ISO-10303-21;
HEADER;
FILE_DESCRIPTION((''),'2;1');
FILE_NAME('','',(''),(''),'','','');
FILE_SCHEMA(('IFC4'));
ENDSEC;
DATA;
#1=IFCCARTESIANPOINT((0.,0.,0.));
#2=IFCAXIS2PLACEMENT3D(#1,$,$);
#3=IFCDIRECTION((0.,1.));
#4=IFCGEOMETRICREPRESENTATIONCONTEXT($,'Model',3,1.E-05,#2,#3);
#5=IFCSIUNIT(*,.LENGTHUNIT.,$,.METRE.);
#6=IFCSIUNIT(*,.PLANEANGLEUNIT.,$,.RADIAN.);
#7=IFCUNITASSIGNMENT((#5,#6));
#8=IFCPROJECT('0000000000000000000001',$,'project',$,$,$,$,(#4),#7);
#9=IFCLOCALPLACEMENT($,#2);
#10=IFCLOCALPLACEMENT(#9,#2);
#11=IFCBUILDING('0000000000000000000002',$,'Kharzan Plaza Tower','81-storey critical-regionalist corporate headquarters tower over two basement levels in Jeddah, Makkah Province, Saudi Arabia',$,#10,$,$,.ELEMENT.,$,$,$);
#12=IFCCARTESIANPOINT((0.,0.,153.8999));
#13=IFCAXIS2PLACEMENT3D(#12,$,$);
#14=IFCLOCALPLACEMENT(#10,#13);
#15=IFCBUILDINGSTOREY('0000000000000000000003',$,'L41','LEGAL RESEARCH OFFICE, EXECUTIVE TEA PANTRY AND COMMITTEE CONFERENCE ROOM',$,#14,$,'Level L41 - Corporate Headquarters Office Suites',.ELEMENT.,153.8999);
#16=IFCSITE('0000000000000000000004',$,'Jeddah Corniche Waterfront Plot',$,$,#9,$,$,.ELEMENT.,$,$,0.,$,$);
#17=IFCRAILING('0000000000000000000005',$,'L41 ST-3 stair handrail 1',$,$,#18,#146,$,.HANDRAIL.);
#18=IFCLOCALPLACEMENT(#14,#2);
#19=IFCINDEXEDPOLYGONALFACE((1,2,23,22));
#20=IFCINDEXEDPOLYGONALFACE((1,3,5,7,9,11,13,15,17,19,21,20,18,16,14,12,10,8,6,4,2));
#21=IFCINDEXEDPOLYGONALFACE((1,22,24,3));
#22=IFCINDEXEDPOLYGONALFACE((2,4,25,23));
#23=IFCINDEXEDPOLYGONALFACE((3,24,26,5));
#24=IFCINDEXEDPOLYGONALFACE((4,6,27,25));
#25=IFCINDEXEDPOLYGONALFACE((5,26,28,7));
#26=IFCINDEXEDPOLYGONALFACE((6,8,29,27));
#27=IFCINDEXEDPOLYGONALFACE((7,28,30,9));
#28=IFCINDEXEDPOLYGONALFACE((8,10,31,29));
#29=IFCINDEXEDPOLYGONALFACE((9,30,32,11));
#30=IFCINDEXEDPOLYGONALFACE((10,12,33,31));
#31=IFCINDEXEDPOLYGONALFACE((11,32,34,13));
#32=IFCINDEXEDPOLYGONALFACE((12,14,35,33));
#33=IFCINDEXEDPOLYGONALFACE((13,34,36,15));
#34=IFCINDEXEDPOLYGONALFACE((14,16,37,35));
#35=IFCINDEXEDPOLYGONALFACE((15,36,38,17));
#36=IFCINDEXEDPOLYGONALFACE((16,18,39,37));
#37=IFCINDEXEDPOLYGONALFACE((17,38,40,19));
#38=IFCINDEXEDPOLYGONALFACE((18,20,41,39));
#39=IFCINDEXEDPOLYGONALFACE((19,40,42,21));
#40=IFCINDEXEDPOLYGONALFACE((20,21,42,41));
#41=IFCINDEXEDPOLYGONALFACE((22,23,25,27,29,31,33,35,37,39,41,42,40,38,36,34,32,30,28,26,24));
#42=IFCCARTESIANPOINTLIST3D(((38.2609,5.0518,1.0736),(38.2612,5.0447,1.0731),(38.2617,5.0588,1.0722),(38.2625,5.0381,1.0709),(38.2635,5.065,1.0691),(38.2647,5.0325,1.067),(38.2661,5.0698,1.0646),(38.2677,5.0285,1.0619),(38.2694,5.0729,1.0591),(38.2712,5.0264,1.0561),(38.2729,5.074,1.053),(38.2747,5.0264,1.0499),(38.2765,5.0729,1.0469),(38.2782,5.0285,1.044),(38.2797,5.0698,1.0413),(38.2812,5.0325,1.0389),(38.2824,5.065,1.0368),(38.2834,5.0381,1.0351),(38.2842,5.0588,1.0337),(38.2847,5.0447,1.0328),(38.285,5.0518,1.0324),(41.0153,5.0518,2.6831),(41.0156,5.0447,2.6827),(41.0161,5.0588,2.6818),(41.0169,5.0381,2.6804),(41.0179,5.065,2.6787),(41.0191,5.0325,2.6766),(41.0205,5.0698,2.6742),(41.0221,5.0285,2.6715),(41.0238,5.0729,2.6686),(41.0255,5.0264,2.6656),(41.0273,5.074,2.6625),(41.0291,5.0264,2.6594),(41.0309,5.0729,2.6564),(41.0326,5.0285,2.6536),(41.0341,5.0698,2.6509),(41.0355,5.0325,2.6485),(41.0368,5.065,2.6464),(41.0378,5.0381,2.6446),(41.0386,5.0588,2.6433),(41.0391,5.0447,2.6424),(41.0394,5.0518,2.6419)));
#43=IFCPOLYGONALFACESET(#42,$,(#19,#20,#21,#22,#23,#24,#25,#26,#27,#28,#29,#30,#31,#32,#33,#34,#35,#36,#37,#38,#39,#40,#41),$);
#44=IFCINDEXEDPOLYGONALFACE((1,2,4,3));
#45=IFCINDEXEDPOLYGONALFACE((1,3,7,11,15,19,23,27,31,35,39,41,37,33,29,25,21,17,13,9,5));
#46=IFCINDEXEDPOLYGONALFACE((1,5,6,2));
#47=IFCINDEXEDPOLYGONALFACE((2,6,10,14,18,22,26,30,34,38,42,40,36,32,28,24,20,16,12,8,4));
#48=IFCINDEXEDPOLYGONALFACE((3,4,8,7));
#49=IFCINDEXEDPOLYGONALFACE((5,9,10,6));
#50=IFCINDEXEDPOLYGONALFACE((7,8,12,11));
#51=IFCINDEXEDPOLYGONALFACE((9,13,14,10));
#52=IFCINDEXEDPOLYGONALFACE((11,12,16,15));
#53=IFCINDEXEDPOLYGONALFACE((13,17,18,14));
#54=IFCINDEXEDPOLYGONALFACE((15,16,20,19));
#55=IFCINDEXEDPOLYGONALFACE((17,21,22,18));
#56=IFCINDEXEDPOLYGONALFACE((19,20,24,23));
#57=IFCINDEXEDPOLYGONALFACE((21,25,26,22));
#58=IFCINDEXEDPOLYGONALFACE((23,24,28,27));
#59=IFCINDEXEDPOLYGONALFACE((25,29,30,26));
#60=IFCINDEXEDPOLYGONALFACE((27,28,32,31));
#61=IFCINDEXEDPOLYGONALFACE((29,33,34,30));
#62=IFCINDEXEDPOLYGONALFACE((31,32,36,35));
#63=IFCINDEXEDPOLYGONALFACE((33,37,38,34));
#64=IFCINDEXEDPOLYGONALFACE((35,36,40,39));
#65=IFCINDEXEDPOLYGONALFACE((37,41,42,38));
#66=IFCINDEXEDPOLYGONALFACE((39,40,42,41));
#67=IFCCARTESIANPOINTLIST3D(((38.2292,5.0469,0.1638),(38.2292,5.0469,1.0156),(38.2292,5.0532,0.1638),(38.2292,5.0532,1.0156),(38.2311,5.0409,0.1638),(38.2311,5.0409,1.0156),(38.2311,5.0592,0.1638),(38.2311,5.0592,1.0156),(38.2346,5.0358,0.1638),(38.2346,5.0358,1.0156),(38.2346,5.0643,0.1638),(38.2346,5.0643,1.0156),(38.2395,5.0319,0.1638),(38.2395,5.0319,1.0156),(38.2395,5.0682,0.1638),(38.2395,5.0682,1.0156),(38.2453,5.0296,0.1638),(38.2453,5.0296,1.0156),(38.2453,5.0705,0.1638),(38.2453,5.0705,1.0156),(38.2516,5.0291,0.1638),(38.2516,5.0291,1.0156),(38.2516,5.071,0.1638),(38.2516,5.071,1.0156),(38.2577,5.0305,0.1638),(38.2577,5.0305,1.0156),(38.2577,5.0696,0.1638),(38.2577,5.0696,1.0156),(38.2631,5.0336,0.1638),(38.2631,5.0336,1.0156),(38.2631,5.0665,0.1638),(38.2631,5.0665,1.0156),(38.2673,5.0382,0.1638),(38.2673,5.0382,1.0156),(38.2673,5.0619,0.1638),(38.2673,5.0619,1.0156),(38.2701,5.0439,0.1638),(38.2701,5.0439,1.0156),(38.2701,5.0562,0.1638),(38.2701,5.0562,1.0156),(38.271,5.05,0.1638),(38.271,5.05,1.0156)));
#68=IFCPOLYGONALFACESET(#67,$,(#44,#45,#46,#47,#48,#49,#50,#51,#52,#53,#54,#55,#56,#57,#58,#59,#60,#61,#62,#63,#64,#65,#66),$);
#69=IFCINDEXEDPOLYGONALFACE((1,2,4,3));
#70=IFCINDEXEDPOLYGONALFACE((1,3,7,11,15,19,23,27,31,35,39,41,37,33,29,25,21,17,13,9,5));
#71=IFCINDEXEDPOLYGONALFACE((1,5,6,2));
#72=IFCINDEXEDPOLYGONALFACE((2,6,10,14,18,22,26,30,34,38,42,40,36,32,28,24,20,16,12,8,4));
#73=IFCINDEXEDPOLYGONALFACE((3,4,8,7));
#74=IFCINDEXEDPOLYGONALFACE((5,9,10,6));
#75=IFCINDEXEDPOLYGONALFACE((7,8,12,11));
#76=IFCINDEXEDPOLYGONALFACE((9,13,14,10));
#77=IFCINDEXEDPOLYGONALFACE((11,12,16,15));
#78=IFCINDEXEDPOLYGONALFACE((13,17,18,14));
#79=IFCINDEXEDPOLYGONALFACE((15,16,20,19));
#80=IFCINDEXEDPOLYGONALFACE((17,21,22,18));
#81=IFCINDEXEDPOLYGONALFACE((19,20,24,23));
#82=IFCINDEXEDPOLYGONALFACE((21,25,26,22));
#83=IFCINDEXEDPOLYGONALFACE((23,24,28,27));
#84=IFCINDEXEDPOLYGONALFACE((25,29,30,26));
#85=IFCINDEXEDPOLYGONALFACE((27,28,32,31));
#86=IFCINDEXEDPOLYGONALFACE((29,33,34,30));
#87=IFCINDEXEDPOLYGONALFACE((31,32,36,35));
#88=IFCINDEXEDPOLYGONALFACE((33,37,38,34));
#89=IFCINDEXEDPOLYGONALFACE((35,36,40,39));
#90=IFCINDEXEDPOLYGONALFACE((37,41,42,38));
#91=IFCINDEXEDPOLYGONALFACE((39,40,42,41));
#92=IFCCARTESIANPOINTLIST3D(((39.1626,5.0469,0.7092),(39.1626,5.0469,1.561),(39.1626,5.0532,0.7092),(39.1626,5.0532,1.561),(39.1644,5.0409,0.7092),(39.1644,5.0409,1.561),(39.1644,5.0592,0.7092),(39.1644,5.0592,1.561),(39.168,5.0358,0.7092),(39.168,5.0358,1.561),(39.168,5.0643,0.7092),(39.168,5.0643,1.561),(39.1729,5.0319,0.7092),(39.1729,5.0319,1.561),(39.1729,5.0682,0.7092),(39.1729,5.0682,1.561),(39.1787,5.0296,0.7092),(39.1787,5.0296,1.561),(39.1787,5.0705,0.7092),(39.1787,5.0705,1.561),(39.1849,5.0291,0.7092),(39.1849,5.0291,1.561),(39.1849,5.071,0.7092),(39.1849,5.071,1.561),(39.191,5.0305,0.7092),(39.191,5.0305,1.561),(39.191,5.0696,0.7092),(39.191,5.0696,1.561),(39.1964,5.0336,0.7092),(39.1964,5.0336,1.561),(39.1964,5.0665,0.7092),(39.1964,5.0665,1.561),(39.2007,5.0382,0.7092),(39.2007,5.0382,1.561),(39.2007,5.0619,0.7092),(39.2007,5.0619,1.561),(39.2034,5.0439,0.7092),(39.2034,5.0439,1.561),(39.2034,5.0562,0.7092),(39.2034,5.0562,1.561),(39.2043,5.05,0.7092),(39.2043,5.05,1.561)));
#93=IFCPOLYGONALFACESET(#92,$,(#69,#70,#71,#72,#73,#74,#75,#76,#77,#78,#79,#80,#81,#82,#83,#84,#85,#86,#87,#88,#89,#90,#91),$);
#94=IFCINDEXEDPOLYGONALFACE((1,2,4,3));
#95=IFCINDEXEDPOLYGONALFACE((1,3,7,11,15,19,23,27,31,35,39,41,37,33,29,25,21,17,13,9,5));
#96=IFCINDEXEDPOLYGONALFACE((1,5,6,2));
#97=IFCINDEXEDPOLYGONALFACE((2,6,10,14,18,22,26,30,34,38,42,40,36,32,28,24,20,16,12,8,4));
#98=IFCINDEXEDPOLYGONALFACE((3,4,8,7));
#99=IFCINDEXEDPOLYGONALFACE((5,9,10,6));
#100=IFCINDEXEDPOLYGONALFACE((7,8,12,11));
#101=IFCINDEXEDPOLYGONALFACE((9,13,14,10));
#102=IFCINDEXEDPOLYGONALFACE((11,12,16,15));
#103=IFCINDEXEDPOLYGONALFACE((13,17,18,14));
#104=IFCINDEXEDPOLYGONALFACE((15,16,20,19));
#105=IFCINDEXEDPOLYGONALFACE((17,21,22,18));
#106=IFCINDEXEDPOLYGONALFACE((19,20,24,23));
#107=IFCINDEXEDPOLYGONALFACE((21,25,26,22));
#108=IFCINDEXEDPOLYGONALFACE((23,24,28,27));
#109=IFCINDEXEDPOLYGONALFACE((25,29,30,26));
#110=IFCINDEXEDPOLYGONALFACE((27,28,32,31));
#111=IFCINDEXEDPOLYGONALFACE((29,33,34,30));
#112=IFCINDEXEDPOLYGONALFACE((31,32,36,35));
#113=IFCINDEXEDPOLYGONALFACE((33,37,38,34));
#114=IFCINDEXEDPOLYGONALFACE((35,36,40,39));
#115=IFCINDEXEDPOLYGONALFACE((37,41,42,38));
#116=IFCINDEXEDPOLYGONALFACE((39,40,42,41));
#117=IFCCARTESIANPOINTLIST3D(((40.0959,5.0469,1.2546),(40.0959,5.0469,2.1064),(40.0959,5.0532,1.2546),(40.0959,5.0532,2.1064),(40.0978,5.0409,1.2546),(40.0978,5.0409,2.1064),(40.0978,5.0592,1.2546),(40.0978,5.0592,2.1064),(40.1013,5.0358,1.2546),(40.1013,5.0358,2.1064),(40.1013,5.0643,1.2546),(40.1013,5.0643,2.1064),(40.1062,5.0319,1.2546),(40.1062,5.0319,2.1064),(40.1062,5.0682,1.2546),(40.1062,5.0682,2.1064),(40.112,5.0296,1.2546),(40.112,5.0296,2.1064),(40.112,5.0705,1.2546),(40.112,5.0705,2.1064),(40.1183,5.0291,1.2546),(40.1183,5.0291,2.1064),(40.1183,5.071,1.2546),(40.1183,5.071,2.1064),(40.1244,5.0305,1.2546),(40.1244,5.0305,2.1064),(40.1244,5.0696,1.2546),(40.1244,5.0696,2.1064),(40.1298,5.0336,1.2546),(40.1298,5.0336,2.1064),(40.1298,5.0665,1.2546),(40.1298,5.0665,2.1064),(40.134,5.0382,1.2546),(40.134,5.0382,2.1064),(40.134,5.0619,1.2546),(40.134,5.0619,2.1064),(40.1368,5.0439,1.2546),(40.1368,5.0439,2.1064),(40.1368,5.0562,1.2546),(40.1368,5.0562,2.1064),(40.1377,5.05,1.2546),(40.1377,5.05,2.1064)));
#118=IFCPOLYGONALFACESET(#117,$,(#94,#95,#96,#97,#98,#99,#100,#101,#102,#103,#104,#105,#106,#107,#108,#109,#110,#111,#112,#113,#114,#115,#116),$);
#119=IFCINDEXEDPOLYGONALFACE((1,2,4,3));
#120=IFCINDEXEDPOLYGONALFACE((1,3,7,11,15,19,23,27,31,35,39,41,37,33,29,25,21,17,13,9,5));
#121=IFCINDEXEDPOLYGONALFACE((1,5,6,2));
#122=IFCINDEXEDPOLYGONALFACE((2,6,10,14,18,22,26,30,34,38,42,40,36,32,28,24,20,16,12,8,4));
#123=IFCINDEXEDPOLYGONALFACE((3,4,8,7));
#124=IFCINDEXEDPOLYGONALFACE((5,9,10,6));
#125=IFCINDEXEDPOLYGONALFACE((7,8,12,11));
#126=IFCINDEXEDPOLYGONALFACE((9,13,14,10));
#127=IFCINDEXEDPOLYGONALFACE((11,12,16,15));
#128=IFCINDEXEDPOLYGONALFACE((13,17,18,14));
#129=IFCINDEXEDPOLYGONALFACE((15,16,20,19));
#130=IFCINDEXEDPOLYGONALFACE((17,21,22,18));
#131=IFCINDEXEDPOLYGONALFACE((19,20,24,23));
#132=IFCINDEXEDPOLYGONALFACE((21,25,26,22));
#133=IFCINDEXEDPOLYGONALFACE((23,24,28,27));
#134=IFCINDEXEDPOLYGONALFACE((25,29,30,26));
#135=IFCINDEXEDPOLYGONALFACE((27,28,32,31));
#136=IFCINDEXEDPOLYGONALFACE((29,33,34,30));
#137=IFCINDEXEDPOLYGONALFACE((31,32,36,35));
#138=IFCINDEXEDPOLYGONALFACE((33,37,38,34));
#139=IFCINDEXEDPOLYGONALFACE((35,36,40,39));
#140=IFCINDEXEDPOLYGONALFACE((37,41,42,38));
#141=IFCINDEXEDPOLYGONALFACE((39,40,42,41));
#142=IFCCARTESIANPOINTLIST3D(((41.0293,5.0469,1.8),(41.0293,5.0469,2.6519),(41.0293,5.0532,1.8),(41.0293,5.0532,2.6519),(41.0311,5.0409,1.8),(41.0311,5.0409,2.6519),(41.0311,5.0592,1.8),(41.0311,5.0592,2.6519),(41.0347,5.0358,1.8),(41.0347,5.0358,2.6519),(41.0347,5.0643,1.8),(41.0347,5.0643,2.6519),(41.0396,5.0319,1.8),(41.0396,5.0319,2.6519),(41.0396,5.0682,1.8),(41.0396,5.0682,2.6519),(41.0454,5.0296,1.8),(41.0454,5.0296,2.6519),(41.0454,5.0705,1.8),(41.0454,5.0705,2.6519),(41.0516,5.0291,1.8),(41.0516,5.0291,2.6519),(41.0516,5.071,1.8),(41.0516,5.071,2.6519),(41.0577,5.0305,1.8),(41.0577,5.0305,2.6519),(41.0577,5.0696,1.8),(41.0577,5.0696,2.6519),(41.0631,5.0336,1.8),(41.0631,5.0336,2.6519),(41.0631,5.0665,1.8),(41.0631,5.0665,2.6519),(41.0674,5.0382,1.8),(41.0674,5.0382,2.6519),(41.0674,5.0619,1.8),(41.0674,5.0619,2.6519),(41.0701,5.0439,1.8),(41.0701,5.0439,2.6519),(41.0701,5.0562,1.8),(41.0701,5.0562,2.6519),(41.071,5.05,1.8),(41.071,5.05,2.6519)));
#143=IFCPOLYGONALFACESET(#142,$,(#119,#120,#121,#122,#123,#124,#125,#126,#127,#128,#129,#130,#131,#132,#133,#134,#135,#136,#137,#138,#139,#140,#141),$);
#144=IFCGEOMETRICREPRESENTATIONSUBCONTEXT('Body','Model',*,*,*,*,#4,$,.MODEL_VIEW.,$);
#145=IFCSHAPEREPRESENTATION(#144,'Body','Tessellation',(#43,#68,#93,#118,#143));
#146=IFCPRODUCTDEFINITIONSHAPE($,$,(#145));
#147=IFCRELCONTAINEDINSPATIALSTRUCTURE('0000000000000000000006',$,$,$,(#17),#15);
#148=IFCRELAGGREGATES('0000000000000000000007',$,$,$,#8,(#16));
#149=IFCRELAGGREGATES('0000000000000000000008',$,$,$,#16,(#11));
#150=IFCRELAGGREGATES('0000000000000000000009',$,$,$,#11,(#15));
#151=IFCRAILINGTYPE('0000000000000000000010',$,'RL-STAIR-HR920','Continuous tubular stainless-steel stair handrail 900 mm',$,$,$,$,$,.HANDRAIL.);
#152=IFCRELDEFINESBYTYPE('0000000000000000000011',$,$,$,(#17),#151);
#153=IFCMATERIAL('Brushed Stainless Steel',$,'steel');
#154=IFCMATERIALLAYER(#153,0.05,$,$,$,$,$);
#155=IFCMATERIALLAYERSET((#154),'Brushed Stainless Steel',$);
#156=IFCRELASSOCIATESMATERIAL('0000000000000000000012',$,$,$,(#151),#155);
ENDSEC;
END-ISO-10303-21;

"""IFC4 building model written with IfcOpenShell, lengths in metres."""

from ifc_helpers import new_model, si_unit, direction, frame, origin, origin_2d, place, context, subcontext, project, spatial, circle, extrude, source, transform, mapped, material, layer, layer_set, type_object, element, save


model = new_model("IFC4")

# Units and contexts
model_context = context("Model", 3, precision=1e-05, world=origin(), true_north=direction((0.0, 1.0)))
body_context = subcontext(model_context, "Body", "Model", "MODEL_VIEW")
ifc_project = project(units=[si_unit("LENGTHUNIT", "METRE"), si_unit("PLANEANGLEUNIT", "RADIAN")], contexts=[model_context])

# Site, building, storey
site_placement = place(None, origin())
site = spatial("IfcSite", under=ifc_project, at=site_placement, Name="Jeddah Corniche Waterfront Plot", CompositionType="ELEMENT", RefElevation=0.0)
building_placement = place(site_placement, origin())
building = spatial("IfcBuilding", under=site, at=building_placement, Name="Kharzan Plaza Tower", Description="81-storey critical-regionalist corporate headquarters tower over two basement levels in Jeddah, Makkah Province, Saudi Arabia", CompositionType="ELEMENT")
storey_placement = place(building_placement, frame((0.0, 0.0, 153.8999)))
storey = spatial("IfcBuildingStorey", under=building, at=storey_placement, Name="L41", Description="LEGAL RESEARCH OFFICE, EXECUTIVE TEA PANTRY AND COMMITTEE CONFERENCE ROOM", LongName="Level L41 - Corporate Headquarters Office Suites", CompositionType="ELEMENT", Elevation=153.8999)

# Railing
ifc_material_1 = material(Name="Brushed Stainless Steel", Category="steel")
ifc_layer_1 = layer(ifc_material_1, 0.05)
ifc_layer_set_1 = layer_set([ifc_layer_1], Name="Brushed Stainless Steel")
railing_type_1 = type_object("IfcRailingType", Name="RL-STAIR-HR920", Description="Continuous tubular stainless-steel stair handrail 900 mm", PredefinedType="HANDRAIL", material=ifc_layer_set_1)
shared_shape_1 = source(origin(), body_context, "Body", "SweptSolid", [
    extrude(circle(Radius=0.0239, at=origin_2d()), frame((0.0229, 0.0, 0.8892), z_axis=(0.863394, 0.0, 0.504531), x_axis=(0.0, 1.0, 0.0)), (0.0, 0.0, 1.0), 3.1902),
    extrude(circle(Radius=0.021, at=origin_2d()), origin(), (0.0, 0.0, 1.0), 0.8518),
    extrude(circle(Radius=0.021, at=origin_2d()), frame((0.9333, 0.0, 0.5454)), (0.0, 0.0, 1.0), 0.8518),
    extrude(circle(Radius=0.021, at=origin_2d()), frame((1.8667, 0.0, 1.0908)), (0.0, 0.0, 1.0), 0.8518),
    extrude(circle(Radius=0.021, at=origin_2d()), frame((2.8, 0.0, 1.6362)), (0.0, 0.0, 1.0), 0.8518),
])
railing_1_placement = place(storey_placement, frame((38.25, 5.05, 0.1638)))
element("IfcRailing", 1, at=railing_1_placement, inside=storey, type_object=railing_type_1, Name="L41 ST-3 stair handrail 1", PredefinedType="HANDRAIL", context=body_context, shape_type="MappedRepresentation", body=[
    mapped(shared_shape_1, transform((0.0, 0.0, 0.0), x_axis=(1.0, 0.0, 0.0), y_axis=(0.0, 1.0, 0.0), z_axis=(0.0, 0.0, 1.0))),
])

save(model, "model.ifc")
